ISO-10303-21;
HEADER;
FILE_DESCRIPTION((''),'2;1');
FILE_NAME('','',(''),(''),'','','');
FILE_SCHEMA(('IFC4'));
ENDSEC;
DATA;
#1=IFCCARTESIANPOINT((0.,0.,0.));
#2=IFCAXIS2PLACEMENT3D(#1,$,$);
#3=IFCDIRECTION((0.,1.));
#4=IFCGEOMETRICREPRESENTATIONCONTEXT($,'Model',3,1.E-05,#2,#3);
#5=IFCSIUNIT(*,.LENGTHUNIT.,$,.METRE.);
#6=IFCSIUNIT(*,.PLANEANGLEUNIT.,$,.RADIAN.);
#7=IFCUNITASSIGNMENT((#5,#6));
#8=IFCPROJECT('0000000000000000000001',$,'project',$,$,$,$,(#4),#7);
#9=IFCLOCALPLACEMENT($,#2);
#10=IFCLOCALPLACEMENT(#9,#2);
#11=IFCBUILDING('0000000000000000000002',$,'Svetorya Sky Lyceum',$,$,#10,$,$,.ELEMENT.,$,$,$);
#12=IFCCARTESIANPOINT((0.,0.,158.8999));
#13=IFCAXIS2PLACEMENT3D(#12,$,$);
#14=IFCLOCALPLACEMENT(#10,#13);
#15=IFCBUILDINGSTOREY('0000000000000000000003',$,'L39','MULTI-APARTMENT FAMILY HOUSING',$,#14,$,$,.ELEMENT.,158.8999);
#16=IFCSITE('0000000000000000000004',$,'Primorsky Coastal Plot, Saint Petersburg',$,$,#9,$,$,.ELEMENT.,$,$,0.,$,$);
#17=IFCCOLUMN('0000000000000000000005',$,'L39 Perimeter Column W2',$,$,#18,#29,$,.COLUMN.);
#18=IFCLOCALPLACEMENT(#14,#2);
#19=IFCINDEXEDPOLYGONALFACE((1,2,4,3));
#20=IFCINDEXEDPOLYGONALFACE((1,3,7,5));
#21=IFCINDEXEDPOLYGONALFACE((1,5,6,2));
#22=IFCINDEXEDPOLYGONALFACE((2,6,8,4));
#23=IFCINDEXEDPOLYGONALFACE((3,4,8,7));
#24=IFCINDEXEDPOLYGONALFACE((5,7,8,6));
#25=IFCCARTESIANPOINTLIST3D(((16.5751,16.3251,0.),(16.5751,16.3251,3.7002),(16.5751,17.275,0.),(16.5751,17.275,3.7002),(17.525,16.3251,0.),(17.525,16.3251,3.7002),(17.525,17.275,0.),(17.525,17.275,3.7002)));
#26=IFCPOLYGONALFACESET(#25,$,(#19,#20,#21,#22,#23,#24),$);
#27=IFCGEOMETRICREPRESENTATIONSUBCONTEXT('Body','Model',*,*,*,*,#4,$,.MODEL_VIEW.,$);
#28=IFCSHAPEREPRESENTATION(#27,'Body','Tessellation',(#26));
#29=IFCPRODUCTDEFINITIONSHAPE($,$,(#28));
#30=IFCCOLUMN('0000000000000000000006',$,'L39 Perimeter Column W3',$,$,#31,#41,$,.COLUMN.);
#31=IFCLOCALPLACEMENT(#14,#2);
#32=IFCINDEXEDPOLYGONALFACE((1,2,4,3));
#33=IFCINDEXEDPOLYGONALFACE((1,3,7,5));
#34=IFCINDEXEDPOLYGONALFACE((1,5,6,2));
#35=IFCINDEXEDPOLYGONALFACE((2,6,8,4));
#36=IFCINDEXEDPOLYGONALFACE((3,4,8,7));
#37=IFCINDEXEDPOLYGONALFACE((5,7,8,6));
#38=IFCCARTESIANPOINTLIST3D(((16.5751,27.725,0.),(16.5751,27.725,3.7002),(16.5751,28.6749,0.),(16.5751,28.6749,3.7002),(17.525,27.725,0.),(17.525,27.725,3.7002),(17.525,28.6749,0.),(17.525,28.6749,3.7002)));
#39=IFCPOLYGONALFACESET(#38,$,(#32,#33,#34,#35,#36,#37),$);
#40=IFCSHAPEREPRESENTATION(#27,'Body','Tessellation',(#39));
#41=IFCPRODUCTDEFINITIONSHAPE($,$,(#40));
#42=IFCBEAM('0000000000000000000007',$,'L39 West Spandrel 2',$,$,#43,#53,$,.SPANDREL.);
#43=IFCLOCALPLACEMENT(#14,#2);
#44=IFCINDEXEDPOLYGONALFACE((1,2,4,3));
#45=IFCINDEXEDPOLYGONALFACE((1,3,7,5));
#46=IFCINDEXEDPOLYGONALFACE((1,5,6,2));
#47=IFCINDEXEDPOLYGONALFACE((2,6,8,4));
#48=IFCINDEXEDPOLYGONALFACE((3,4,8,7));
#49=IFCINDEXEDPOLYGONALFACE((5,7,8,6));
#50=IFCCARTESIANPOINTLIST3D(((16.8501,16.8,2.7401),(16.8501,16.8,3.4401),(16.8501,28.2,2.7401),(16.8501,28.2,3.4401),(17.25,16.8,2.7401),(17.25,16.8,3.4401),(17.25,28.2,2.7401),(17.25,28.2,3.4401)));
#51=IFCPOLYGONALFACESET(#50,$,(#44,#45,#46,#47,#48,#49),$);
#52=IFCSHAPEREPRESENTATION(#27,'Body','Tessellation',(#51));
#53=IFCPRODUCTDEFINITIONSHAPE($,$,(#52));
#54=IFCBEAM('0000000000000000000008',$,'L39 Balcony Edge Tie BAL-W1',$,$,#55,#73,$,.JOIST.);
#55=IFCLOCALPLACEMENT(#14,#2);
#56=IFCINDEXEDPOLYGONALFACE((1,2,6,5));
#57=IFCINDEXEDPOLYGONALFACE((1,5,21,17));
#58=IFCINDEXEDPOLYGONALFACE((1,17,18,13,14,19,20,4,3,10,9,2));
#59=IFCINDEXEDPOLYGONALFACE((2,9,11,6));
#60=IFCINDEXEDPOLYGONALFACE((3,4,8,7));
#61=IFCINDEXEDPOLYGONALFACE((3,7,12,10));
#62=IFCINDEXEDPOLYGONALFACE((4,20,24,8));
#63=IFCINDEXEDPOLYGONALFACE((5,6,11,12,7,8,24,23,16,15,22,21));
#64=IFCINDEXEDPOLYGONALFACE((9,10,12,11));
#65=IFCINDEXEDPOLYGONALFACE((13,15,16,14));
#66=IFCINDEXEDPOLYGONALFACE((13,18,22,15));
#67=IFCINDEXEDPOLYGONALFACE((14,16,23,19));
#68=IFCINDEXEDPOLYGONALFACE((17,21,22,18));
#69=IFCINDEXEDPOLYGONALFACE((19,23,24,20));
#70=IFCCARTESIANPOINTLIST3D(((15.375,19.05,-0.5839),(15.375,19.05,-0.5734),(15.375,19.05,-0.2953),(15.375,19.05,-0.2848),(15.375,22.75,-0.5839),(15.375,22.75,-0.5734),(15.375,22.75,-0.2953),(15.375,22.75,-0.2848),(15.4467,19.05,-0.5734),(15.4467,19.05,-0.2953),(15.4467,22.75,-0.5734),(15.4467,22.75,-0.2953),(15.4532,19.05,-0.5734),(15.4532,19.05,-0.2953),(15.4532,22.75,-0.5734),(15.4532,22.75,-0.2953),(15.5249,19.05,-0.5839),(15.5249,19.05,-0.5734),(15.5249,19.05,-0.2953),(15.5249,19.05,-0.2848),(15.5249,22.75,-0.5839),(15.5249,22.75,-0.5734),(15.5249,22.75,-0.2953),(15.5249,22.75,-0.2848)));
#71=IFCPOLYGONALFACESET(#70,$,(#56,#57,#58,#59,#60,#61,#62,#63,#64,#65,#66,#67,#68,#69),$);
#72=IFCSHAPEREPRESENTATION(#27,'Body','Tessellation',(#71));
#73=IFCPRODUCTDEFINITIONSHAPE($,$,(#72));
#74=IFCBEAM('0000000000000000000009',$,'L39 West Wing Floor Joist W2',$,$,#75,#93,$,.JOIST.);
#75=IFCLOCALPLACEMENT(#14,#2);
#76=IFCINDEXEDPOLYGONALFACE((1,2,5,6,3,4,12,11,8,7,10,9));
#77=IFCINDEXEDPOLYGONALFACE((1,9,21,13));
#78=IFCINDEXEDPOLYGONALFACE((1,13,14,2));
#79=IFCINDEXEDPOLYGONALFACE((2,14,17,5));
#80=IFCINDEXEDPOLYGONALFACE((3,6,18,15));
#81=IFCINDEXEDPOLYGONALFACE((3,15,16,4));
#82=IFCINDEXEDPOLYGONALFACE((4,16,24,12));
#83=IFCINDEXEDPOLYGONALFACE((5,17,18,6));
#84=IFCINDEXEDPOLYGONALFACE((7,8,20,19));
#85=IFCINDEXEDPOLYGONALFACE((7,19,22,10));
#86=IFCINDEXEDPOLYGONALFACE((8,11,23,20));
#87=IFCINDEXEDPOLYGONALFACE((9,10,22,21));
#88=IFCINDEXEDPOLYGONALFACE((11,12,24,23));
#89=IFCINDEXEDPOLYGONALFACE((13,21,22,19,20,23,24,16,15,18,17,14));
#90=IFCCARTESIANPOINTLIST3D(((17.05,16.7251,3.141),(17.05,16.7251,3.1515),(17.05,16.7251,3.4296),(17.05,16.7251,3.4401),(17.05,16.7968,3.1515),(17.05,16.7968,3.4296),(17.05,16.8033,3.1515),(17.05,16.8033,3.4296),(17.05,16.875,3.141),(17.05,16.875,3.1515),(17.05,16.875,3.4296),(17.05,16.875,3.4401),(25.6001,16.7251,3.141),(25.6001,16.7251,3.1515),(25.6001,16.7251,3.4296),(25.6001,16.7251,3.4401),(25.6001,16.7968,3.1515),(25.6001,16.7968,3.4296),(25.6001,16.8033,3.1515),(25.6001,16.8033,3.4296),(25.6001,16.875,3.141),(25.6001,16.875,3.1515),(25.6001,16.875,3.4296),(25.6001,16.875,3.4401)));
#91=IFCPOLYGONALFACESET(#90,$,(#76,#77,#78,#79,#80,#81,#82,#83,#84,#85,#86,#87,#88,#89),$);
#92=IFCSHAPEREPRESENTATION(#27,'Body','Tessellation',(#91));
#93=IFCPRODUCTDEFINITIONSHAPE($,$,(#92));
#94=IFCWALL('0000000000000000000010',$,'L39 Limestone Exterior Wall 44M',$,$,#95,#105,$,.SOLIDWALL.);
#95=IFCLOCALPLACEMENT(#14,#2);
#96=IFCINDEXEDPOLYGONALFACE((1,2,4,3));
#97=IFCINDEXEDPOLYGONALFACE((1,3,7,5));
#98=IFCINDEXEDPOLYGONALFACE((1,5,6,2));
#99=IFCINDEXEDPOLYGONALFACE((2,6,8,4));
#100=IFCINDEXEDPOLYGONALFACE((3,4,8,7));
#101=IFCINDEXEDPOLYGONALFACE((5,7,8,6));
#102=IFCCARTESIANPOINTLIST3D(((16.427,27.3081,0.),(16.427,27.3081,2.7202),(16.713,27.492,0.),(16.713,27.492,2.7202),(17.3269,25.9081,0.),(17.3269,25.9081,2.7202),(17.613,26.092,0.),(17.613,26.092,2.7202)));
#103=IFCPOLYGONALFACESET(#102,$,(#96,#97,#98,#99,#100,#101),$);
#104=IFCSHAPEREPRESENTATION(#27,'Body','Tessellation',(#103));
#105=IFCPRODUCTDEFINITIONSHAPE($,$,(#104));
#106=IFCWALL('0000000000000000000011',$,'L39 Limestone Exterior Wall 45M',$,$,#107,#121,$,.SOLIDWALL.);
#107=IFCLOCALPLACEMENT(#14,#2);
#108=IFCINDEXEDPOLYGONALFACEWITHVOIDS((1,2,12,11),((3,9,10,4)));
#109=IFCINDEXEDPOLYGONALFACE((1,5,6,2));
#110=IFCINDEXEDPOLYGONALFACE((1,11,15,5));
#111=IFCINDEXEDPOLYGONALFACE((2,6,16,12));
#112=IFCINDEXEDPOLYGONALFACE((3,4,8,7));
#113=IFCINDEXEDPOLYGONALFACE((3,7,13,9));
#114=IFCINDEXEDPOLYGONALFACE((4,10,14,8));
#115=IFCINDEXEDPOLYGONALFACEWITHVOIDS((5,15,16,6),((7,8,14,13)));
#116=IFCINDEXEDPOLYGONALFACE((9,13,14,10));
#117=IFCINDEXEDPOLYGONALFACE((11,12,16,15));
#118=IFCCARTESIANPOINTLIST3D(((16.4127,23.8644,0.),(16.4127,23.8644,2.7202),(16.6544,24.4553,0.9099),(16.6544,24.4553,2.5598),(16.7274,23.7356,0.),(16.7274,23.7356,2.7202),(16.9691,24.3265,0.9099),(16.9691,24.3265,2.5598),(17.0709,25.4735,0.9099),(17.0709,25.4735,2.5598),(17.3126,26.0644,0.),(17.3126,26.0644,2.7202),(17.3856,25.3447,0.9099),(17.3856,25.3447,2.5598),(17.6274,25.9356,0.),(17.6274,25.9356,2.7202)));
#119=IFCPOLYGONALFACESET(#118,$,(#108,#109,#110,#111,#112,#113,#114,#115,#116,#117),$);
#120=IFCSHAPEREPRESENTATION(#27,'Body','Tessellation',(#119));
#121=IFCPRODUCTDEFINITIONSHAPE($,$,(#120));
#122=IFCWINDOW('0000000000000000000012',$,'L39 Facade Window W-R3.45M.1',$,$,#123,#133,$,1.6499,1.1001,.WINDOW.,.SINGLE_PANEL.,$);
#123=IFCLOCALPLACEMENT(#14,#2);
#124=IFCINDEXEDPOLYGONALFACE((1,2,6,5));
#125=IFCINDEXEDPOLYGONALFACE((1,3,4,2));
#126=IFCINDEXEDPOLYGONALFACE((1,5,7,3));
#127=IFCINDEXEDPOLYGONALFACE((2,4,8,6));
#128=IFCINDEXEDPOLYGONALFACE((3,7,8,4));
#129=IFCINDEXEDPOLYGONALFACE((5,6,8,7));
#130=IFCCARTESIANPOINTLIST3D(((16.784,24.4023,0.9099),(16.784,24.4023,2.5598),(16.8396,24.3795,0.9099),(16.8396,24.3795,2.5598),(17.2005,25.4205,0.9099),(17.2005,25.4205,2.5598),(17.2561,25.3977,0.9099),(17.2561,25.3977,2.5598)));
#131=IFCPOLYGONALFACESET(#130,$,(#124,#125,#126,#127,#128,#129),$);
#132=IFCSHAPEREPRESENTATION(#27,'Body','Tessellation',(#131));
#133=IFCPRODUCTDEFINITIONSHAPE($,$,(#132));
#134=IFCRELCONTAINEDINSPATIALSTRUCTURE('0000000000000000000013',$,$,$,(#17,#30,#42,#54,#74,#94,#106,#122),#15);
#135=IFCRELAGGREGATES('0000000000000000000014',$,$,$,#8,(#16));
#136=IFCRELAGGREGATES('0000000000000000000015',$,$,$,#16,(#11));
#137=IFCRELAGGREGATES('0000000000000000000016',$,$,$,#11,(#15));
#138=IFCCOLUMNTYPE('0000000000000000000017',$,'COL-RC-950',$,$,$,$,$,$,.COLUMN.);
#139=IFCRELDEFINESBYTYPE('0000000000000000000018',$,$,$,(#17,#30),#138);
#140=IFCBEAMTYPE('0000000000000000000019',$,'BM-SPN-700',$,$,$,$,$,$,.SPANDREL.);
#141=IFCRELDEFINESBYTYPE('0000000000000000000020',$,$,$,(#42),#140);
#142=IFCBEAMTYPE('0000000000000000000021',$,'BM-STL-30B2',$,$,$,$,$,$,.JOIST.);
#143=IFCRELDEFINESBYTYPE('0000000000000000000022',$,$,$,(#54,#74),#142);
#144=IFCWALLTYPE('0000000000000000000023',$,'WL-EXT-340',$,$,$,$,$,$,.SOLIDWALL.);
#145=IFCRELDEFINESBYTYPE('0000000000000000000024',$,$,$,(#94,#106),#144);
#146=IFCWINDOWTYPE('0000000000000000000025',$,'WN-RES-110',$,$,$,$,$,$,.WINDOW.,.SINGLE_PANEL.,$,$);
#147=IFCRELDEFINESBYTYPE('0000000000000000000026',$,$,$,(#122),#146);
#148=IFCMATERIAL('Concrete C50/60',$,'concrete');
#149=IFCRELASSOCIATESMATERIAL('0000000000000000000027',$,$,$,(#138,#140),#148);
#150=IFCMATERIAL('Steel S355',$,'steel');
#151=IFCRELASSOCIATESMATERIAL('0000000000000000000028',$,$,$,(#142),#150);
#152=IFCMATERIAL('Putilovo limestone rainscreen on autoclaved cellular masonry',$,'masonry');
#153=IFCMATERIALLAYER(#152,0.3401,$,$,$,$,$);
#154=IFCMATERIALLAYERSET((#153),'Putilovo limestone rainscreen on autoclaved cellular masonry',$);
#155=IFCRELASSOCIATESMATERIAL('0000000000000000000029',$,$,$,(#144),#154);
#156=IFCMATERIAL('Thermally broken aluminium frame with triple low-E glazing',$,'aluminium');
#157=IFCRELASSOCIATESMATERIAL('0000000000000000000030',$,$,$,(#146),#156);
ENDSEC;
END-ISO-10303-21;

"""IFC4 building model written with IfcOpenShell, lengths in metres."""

from ifc_helpers import new_model, si_unit, direction, frame, frame_2d, origin, origin_2d, place, context, subcontext, project, spatial, rectangle, i_section, extrude, material, layer, layer_set, material_profile, profile_set, type_object, element, fill, save


model = new_model("IFC4")

# Units and contexts
model_context = context("Model", 3, precision=1e-05, world=origin(), true_north=direction((0.0, 1.0)))
body_context = subcontext(model_context, "Body", "Model", "MODEL_VIEW")
ifc_project = project(units=[si_unit("LENGTHUNIT", "METRE"), si_unit("PLANEANGLEUNIT", "RADIAN")], contexts=[model_context])

# Site, building, storey
site_placement = place(None, origin())
site = spatial("IfcSite", under=ifc_project, at=site_placement, Name="Primorsky Coastal Plot, Saint Petersburg", CompositionType="ELEMENT", RefElevation=0.0)
building_placement = place(site_placement, origin())
building = spatial("IfcBuilding", under=site, at=building_placement, Name="Svetorya Sky Lyceum", CompositionType="ELEMENT")
storey_placement = place(building_placement, frame((0.0, 0.0, 158.8999)))
storey = spatial("IfcBuildingStorey", under=building, at=storey_placement, Name="L39", Description="MULTI-APARTMENT FAMILY HOUSING", CompositionType="ELEMENT", Elevation=158.8999)

# Columns
ifc_material_1 = material(Name="Concrete C50/60", Category="concrete")
ifc_material_profile_1 = material_profile(ifc_material_1, rectangle(XDim=0.95, YDim=0.95, at=origin_2d()), Name="RC COL 950x950")
ifc_profile_set_1 = profile_set([ifc_material_profile_1], Name="Concrete C50/60")
column_type = type_object("IfcColumnType", Name="COL-RC-950", PredefinedType="COLUMN", material=ifc_profile_set_1)
for number, where, z_axis, x_axis, name in (
    (1, (17.05, 16.8, 0.0), (0.0, 0.0, 1.0), (1.0, 0.0, 0.0), "L39 Perimeter Column W2"),
    (2, (17.05, 28.2, 0.0), (0.0, 0.0, 1.0), (1.0, 0.0, 0.0), "L39 Perimeter Column W3"),
):
    element("IfcColumn", number, at=place(storey_placement, frame(where, z_axis=z_axis, x_axis=x_axis)), inside=storey, type_object=column_type, Name=name, PredefinedType="COLUMN", context=body_context, shape_type="SweptSolid", body=[
        extrude(rectangle(XDim=0.95, YDim=0.95, at=origin_2d()), origin(), (0.0, 0.0, 1.0), 3.7002),
    ])

# Beams
ifc_material_profile_2 = material_profile(ifc_material_1, rectangle(XDim=0.3999, YDim=0.7, at=origin_2d()), Name="RC SPANDREL 400x700")
ifc_profile_set_2 = profile_set([ifc_material_profile_2], Name="Concrete C50/60")
beam_type_1 = type_object("IfcBeamType", Name="BM-SPN-700", PredefinedType="SPANDREL", material=ifc_profile_set_2)
beam_1_placement = place(storey_placement, frame((17.05, 16.8, 3.0901), z_axis=(0.0, 1.0, 0.0), x_axis=(-1.0, 0.0, 0.0)))
element("IfcBeam", 3, at=beam_1_placement, inside=storey, type_object=beam_type_1, Name="L39 West Spandrel 2", PredefinedType="SPANDREL", context=body_context, shape_type="SweptSolid", body=[
    extrude(rectangle(XDim=0.3999, YDim=0.7, at=origin_2d()), origin(), (0.0, 0.0, 1.0), 11.3999),
])
ifc_material_2 = material(Name="Steel S355", Category="steel")
ifc_material_profile_3 = material_profile(ifc_material_2, i_section(OverallWidth=0.1499, OverallDepth=0.2991, WebThickness=0.0066, FlangeThickness=0.0105, at=origin_2d()), Name="GOST 30B2")
ifc_profile_set_3 = profile_set([ifc_material_profile_3], Name="Steel S355")
beam_type_2 = type_object("IfcBeamType", Name="BM-STL-30B2", PredefinedType="JOIST", material=ifc_profile_set_3)
beam_2_placement = place(storey_placement, frame((15.45, 19.05, -0.4343), z_axis=(0.0, 1.0, 0.0), x_axis=(-1.0, 0.0, 0.0)))
element("IfcBeam", 4, at=beam_2_placement, inside=storey, type_object=beam_type_2, Name="L39 Balcony Edge Tie BAL-W1", PredefinedType="JOIST", context=body_context, shape_type="SweptSolid", body=[
    extrude(i_section(OverallWidth=0.1499, OverallDepth=0.2991, WebThickness=0.0066, FlangeThickness=0.0105, at=origin_2d()), origin(), (0.0, 0.0, 1.0), 3.7),
])
beam_3_placement = place(storey_placement, frame((17.05, 16.8, 3.2905), z_axis=(1.0, 0.0, 0.0), x_axis=(0.0, 1.0, 0.0)))
element("IfcBeam", 5, at=beam_3_placement, inside=storey, type_object=beam_type_2, Name="L39 West Wing Floor Joist W2", PredefinedType="JOIST", context=body_context, shape_type="SweptSolid", body=[
    extrude(i_section(OverallWidth=0.1499, OverallDepth=0.2991, WebThickness=0.0066, FlangeThickness=0.0105, at=origin_2d()), origin(), (0.0, 0.0, 1.0), 8.55),
])

# Wall
ifc_material_3 = material(Name="Putilovo limestone rainscreen on autoclaved cellular masonry", Category="masonry")
ifc_layer_1 = layer(ifc_material_3, 0.3401)
ifc_layer_set_1 = layer_set([ifc_layer_1], Name="Putilovo limestone rainscreen on autoclaved cellular masonry")
wall_type_1 = type_object("IfcWallType", Name="WL-EXT-340", PredefinedType="SOLIDWALL", material=ifc_layer_set_1)
wall_1_placement = place(storey_placement, frame((16.5701, 27.3999, 0.0), z_axis=(0.0, 0.0, 1.0), x_axis=(0.540743, -0.841188, 0.0)))
element("IfcWall", 6, at=wall_1_placement, inside=storey, type_object=wall_type_1, Name="L39 Limestone Exterior Wall 44M", PredefinedType="SOLIDWALL", context=body_context, shape_type="SweptSolid", body=[
    extrude(rectangle(XDim=1.6643, YDim=0.3401, at=frame_2d((0.832, 0.0))), origin(), (0.0, 0.0, 1.0), 2.7202),
])

# Wall, opening, window
wall_2_placement = place(storey_placement, frame((17.47, 26.0, 0.0), z_axis=(0.0, 0.0, 1.0), x_axis=(-0.378605, -0.925558, 0.0)))
wall_2 = element("IfcWall", 7, at=wall_2_placement, inside=storey, type_object=wall_type_1, Name="L39 Limestone Exterior Wall 45M", PredefinedType="SOLIDWALL", context=body_context, shape_type="SweptSolid", body=[
    extrude(rectangle(XDim=2.377, YDim=0.3401, at=frame_2d((1.1885, 0.0))), origin(), (0.0, 0.0, 1.0), 2.7202),
])
opening_1_placement = place(wall_2_placement, frame((0.6384, 0.0, 0.9099)))
opening_1 = element("IfcOpeningElement", 8, at=opening_1_placement, cuts=wall_2, PredefinedType="OPENING", context=body_context, shape_type="SweptSolid", body=[
    extrude(rectangle(XDim=1.1001, YDim=1.6499, at=frame_2d((0.55, 0.825))), frame((0.0, 0.1799, 0.0), z_axis=(0.0, -1.0, 0.0), x_axis=(1.0, 0.0, 0.0)), (0.0, 0.0, 1.0), 0.3601),
])
ifc_material_4 = material(Name="Thermally broken aluminium frame with triple low-E glazing", Category="aluminium")
window_type_1 = type_object("IfcWindowType", Name="WN-RES-110", PartitioningType="SINGLE_PANEL", PredefinedType="WINDOW", material=ifc_material_4)
window_1_placement = place(opening_1_placement, origin())
window_1 = element("IfcWindow", 9, at=window_1_placement, inside=storey, type_object=window_type_1, Name="L39 Facade Window W-R3.45M.1", OverallHeight=1.6499, OverallWidth=1.1001, PartitioningType="SINGLE_PANEL", PredefinedType="WINDOW", context=body_context, shape_type="SweptSolid", body=[
    extrude(rectangle(XDim=1.1001, YDim=1.6499, at=frame_2d((0.55, 0.825))), frame((0.0, 0.03, 0.0), z_axis=(0.0, -1.0, 0.0), x_axis=(1.0, 0.0, 0.0)), (0.0, 0.0, 1.0), 0.0601),
])
fill(opening_1, window_1)

save(model, "model.ifc")
